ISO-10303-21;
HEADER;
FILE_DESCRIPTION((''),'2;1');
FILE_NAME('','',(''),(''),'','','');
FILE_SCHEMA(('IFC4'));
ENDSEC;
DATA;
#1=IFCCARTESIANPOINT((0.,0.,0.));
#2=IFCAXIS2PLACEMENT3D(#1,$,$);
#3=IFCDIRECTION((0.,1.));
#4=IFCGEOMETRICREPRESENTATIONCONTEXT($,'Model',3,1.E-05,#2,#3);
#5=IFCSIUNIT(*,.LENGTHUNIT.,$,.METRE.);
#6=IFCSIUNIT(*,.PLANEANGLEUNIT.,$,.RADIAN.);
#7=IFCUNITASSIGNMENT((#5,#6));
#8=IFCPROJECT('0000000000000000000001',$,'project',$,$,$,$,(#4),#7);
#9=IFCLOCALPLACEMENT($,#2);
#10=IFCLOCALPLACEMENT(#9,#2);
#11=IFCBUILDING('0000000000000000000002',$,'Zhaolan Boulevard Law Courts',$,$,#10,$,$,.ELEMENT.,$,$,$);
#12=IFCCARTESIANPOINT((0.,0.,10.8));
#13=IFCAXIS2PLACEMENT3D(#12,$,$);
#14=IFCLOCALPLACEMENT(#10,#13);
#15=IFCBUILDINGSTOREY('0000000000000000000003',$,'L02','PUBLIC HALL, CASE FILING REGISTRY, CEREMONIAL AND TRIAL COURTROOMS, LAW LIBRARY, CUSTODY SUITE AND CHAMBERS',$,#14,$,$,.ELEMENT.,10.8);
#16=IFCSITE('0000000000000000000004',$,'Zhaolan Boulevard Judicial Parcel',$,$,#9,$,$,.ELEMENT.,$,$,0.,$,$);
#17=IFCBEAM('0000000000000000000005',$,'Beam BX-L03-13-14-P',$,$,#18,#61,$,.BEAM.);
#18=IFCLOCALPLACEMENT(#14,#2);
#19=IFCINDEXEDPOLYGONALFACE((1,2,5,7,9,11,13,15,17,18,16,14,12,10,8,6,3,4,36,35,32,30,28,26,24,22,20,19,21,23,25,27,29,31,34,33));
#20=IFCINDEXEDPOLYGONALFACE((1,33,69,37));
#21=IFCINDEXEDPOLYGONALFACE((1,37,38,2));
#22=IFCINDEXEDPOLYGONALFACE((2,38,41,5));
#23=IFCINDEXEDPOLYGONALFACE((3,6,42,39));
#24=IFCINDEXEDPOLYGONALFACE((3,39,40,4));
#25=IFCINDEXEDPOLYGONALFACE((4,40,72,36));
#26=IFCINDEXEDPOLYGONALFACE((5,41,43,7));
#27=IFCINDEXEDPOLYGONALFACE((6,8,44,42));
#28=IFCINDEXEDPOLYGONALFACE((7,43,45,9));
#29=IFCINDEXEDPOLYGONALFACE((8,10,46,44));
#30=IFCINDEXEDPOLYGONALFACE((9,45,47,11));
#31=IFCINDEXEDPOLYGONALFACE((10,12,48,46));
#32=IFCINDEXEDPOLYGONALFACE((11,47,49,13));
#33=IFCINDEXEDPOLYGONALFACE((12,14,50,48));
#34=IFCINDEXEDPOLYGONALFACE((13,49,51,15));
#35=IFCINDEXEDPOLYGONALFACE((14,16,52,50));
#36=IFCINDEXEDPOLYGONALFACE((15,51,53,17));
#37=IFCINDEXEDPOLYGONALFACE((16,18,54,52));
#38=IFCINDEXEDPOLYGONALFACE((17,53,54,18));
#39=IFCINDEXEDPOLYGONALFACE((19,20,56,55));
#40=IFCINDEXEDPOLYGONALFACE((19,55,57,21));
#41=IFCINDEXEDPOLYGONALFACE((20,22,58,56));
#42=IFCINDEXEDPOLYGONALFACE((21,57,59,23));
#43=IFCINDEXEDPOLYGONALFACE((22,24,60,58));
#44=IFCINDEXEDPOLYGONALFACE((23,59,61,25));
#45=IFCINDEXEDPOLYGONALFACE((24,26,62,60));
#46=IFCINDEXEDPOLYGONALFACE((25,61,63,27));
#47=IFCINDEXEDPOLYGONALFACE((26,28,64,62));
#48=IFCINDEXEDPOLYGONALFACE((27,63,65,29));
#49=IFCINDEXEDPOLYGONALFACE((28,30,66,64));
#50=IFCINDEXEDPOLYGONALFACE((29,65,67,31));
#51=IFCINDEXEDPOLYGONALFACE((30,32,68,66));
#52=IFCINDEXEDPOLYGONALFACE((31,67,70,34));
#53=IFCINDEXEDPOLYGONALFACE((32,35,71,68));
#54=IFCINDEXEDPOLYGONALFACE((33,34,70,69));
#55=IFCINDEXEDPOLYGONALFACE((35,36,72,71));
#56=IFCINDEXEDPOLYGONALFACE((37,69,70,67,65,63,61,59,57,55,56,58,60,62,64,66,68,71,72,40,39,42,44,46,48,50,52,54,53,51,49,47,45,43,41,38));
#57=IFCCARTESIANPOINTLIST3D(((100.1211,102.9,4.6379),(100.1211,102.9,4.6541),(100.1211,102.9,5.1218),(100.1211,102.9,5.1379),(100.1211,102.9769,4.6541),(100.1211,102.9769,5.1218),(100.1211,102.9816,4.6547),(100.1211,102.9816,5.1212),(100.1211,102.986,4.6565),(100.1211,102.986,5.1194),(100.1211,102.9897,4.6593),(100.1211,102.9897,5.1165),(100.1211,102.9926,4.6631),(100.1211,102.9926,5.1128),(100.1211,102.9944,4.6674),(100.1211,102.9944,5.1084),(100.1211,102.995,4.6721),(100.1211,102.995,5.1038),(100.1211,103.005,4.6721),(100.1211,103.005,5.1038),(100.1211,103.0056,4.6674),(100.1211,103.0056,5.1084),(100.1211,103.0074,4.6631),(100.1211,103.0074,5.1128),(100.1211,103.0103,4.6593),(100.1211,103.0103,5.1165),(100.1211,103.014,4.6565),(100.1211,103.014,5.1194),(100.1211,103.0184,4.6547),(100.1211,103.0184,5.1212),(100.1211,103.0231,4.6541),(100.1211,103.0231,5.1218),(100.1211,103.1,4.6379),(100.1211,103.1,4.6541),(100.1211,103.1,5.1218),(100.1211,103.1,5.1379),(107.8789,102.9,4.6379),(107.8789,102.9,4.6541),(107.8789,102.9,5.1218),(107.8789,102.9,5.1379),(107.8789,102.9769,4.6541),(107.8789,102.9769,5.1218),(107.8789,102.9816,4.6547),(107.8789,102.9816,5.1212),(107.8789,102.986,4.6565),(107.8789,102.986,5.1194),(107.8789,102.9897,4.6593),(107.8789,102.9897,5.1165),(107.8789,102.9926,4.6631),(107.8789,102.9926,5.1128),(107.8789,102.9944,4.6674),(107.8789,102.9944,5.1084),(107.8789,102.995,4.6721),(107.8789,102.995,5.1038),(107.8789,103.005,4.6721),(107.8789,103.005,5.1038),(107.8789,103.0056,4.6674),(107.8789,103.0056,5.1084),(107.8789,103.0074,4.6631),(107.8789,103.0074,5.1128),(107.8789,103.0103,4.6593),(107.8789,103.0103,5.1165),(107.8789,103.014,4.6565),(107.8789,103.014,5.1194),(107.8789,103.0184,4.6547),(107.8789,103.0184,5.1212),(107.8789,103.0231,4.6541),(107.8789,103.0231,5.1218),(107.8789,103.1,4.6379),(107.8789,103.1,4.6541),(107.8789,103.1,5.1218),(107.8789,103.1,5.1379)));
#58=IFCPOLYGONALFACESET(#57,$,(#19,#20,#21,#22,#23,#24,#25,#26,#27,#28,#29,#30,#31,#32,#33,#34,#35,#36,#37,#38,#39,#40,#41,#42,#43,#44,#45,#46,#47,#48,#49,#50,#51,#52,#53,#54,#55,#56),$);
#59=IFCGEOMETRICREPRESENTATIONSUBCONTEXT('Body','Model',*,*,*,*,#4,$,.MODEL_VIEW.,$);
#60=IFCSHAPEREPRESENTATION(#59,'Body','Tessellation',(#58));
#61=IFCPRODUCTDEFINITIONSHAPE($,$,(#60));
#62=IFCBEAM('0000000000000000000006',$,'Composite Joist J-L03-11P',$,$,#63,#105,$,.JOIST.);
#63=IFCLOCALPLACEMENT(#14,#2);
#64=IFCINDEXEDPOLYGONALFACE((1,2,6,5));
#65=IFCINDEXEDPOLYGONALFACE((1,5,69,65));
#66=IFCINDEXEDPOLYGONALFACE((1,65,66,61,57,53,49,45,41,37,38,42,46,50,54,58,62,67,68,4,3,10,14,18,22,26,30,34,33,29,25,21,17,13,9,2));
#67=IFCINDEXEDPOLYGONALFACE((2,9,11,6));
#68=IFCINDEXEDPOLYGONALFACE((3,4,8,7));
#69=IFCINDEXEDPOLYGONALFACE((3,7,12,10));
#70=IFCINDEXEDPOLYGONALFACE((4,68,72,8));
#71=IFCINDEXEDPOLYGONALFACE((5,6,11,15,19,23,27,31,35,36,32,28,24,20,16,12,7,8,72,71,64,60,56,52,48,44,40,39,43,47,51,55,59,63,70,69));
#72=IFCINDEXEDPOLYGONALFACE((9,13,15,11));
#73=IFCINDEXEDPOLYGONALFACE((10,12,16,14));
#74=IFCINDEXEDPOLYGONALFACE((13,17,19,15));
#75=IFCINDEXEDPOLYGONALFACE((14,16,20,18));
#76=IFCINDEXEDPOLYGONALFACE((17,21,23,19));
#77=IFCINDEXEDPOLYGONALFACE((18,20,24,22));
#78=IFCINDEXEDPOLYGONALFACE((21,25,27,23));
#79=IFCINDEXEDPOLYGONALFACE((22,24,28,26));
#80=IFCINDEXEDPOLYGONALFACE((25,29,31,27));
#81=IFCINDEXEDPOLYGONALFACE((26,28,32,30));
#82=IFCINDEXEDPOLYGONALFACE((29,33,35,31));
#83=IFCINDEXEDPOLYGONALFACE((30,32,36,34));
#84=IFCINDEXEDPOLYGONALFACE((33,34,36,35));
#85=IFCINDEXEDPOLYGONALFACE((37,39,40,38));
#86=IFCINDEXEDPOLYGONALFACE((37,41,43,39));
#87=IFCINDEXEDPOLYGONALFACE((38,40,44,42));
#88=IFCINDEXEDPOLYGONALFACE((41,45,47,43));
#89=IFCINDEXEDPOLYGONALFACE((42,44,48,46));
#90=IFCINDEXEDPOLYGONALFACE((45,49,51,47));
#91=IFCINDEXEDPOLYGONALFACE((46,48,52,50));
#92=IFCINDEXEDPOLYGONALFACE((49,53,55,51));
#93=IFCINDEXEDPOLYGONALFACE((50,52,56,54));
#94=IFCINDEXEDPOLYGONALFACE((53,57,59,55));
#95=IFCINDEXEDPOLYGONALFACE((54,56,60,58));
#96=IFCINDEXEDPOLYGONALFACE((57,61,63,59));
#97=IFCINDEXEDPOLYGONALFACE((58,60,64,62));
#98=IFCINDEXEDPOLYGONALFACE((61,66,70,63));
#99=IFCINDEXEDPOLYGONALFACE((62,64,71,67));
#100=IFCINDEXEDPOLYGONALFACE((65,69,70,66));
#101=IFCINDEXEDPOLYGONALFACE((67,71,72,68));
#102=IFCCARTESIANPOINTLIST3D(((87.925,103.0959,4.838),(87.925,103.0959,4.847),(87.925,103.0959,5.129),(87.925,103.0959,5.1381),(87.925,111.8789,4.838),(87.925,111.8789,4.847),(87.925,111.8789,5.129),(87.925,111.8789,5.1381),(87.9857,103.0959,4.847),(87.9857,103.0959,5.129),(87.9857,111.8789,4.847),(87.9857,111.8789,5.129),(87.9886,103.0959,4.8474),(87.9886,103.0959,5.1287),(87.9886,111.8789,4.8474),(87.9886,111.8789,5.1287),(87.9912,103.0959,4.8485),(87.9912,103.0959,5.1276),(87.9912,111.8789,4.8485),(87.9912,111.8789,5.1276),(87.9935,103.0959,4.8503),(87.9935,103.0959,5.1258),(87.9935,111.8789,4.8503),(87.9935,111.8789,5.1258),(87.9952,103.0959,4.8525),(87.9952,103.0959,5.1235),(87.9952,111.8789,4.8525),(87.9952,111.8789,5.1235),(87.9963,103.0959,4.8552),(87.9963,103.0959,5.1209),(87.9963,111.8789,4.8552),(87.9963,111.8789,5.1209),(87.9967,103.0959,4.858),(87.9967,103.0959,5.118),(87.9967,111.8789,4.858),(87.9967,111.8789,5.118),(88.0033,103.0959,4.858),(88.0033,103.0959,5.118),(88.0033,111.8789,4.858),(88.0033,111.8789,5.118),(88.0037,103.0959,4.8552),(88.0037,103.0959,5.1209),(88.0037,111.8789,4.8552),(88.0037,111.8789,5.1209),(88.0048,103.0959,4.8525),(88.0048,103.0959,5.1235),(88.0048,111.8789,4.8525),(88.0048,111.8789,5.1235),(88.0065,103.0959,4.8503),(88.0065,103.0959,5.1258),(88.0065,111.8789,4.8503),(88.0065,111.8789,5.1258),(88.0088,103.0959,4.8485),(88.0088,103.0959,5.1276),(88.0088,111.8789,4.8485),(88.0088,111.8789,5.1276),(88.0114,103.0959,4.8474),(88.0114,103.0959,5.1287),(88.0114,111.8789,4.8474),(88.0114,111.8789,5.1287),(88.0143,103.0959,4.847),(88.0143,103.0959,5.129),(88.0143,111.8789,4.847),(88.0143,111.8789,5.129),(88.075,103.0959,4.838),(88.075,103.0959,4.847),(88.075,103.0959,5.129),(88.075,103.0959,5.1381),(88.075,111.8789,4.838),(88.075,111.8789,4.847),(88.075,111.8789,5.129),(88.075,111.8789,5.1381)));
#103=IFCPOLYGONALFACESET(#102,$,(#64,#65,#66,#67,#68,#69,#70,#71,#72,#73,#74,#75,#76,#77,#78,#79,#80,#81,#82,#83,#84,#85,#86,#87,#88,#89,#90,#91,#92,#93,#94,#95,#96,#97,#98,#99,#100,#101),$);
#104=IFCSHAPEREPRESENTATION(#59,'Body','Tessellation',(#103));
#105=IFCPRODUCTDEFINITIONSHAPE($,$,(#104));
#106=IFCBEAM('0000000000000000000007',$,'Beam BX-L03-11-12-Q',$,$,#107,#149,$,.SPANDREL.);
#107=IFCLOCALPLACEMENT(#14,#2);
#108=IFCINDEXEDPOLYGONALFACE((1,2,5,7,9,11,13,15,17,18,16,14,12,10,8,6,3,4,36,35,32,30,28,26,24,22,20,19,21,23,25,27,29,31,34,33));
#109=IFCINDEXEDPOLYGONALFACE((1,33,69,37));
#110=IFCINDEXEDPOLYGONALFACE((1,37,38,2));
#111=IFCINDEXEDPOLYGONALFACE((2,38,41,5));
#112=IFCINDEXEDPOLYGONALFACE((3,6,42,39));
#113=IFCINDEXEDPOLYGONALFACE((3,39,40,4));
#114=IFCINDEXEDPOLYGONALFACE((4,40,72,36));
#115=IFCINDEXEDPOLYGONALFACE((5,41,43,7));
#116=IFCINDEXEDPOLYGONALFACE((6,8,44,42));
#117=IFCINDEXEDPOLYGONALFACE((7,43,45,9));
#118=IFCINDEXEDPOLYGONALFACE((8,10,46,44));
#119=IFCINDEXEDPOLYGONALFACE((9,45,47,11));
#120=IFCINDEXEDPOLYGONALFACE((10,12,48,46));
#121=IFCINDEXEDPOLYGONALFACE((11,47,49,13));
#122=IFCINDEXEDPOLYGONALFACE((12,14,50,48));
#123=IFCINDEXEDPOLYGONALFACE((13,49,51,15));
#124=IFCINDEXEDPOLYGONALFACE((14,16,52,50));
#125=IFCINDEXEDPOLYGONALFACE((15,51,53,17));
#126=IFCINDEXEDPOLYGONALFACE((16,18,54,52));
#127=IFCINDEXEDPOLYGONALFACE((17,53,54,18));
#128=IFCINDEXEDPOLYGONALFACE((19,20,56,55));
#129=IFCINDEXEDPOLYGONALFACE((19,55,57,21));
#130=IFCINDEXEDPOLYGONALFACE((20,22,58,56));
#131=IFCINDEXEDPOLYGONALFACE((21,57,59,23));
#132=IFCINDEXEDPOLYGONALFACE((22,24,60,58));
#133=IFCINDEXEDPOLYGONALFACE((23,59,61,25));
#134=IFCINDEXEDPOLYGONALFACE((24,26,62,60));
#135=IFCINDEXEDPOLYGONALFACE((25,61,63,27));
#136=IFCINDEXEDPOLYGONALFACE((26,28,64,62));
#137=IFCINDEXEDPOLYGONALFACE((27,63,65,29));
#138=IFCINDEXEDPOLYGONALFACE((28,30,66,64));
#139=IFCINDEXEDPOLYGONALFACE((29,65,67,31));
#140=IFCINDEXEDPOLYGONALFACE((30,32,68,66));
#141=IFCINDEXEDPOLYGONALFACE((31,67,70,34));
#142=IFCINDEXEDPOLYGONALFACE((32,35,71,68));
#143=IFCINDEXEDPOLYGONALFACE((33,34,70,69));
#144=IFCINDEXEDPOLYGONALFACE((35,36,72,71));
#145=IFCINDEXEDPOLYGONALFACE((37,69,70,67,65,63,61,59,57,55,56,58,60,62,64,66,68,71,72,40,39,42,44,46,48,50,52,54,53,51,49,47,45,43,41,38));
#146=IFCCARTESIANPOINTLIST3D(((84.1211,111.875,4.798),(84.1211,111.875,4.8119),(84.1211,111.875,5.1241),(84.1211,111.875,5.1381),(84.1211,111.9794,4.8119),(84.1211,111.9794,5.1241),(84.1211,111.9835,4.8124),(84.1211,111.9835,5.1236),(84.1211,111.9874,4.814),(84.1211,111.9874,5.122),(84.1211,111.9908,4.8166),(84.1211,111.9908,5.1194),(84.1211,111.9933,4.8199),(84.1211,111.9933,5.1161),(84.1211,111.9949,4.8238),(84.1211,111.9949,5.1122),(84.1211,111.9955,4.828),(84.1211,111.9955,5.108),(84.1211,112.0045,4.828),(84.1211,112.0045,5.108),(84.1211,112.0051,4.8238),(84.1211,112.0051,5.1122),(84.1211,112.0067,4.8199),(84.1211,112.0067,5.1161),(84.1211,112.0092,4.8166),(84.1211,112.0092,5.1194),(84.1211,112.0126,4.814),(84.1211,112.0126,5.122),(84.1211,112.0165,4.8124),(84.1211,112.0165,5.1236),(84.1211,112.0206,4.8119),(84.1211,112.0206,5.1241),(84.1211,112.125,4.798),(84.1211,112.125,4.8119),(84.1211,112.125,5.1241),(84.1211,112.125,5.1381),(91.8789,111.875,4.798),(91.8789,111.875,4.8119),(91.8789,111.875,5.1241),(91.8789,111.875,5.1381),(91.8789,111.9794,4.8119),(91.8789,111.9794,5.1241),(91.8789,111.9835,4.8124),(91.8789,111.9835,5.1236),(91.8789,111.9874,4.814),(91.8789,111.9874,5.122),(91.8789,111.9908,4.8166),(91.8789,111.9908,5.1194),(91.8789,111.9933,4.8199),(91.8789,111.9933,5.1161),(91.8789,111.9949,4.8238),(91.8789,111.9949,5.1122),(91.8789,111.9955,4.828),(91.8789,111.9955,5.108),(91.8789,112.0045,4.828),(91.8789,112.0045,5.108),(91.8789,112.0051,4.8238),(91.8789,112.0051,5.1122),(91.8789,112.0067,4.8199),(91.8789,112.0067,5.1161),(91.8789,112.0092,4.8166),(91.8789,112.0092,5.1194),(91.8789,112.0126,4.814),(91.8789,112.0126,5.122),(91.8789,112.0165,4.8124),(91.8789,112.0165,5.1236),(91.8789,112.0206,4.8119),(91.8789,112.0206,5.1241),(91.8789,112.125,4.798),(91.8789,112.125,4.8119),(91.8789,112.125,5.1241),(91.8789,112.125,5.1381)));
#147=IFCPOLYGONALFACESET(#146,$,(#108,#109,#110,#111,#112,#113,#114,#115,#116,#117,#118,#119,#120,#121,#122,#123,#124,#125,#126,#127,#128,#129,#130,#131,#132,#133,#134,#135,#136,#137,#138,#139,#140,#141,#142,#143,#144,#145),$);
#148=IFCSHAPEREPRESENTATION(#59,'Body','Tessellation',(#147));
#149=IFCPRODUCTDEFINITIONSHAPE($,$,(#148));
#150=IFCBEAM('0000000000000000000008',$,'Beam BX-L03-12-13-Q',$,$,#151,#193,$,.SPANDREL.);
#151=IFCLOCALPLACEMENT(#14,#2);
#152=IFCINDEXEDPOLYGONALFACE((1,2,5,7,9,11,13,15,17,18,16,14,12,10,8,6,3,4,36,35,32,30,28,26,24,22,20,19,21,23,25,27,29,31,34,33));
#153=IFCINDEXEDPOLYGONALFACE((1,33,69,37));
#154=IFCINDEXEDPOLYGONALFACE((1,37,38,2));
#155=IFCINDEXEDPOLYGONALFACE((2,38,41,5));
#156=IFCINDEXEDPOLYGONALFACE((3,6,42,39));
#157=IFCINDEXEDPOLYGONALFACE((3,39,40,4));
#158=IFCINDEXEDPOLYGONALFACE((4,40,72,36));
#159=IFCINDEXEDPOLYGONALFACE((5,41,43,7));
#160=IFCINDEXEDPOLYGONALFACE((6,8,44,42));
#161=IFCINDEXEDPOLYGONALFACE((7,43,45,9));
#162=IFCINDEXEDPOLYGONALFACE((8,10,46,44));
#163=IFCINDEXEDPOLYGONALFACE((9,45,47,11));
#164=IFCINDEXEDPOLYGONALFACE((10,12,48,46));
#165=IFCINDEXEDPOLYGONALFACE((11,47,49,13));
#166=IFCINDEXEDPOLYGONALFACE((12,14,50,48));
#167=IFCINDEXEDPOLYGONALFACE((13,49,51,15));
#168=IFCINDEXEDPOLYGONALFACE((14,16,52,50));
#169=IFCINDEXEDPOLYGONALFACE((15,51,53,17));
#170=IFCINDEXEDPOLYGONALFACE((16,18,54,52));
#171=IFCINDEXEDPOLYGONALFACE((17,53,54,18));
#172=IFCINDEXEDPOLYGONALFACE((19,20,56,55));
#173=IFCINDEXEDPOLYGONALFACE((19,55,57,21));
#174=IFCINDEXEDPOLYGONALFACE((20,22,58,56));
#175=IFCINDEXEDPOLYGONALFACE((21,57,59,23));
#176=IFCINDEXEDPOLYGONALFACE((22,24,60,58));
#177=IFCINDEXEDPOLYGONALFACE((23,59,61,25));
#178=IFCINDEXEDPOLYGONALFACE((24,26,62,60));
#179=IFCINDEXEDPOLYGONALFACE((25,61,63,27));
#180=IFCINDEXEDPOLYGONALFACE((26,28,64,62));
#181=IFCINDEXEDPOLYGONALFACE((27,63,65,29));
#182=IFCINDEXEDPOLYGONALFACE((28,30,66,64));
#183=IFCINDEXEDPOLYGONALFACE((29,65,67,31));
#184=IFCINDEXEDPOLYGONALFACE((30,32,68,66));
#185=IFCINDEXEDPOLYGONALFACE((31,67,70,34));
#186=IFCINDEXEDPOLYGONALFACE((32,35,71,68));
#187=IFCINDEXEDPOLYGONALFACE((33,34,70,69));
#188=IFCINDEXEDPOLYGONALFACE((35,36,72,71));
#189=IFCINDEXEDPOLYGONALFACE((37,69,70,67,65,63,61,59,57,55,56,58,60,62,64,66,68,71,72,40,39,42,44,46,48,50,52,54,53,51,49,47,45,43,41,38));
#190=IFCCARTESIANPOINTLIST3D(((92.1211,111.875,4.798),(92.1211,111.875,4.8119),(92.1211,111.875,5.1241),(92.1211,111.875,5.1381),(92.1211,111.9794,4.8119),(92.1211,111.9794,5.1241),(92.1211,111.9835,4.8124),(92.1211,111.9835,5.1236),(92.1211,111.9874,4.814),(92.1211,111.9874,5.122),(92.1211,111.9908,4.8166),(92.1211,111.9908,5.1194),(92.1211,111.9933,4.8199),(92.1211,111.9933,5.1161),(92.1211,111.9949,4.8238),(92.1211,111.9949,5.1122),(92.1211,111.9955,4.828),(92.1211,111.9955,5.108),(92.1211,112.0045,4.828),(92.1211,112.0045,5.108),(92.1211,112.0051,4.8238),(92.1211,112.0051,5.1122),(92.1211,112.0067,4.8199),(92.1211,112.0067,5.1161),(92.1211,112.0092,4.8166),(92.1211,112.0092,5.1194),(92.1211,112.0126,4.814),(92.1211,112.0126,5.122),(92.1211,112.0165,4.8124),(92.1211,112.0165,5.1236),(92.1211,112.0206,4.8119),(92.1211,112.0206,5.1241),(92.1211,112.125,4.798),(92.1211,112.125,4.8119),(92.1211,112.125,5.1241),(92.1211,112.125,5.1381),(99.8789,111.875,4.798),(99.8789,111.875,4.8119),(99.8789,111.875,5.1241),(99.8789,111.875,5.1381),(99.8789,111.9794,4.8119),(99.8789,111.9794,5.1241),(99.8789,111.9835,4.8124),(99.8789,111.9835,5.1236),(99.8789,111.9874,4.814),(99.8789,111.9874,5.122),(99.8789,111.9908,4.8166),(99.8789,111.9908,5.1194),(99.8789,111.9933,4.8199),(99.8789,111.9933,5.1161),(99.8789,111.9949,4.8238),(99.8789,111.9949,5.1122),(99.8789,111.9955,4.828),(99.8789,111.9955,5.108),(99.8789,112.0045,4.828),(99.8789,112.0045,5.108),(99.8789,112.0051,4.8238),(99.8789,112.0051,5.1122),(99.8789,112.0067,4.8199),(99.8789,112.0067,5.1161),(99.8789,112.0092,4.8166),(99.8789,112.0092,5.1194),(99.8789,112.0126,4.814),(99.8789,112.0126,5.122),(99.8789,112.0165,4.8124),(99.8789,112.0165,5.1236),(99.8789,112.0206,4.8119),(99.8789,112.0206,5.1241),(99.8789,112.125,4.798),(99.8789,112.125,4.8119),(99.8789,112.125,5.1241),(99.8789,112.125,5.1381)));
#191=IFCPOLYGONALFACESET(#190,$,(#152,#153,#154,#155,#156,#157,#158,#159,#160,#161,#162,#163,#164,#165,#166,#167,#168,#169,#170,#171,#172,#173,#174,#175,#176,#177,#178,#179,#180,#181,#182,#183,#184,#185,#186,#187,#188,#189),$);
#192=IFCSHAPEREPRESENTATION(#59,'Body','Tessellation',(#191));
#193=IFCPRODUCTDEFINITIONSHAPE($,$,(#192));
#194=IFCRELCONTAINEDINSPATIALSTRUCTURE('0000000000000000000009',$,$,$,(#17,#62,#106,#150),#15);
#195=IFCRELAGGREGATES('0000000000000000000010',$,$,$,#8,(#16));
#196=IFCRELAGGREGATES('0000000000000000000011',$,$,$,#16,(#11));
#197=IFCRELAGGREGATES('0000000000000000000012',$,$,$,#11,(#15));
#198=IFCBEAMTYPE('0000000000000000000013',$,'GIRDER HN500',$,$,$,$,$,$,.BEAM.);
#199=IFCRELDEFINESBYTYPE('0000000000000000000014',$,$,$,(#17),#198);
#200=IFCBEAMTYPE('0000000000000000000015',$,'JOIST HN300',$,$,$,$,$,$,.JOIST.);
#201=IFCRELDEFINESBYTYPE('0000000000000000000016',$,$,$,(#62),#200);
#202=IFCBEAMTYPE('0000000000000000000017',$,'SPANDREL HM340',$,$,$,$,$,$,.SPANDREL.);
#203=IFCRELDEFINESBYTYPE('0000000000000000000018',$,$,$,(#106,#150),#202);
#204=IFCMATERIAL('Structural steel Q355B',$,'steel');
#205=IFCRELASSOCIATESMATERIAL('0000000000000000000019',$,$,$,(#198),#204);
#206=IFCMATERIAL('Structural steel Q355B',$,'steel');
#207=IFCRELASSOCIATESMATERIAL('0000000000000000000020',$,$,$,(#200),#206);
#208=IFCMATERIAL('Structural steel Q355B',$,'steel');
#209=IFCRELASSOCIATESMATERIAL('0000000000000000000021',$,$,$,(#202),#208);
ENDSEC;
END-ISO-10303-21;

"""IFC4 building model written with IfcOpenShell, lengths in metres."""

from ifc_helpers import new_model, si_unit, direction, frame, origin, origin_2d, place, context, subcontext, project, spatial, i_section, extrude, material, material_profile, profile_set, type_object, element, save


model = new_model("IFC4")

# Units and contexts
model_context = context("Model", 3, precision=1e-05, world=origin(), true_north=direction((0.0, 1.0)))
body_context = subcontext(model_context, "Body", "Model", "MODEL_VIEW")
ifc_project = project(units=[si_unit("LENGTHUNIT", "METRE"), si_unit("PLANEANGLEUNIT", "RADIAN")], contexts=[model_context])

# Site, building, storey
site_placement = place(None, origin())
site = spatial("IfcSite", under=ifc_project, at=site_placement, Name="Zhaolan Boulevard Judicial Parcel", CompositionType="ELEMENT", RefElevation=0.0)
building_placement = place(site_placement, origin())
building = spatial("IfcBuilding", under=site, at=building_placement, Name="Zhaolan Boulevard Law Courts", CompositionType="ELEMENT")
storey_placement = place(building_placement, frame((0.0, 0.0, 10.8)))
storey = spatial("IfcBuildingStorey", under=building, at=storey_placement, Name="L02", Description="PUBLIC HALL, CASE FILING REGISTRY, CEREMONIAL AND TRIAL COURTROOMS, LAW LIBRARY, CUSTODY SUITE AND CHAMBERS", CompositionType="ELEMENT", Elevation=10.8)

# Beams
ifc_material_1 = material(Name="Structural steel Q355B", Category="steel")
ifc_material_profile_1 = material_profile(ifc_material_1, i_section(OverallWidth=0.2, OverallDepth=0.5, WebThickness=0.01, FlangeThickness=0.0161, FilletRadius=0.0181, at=origin_2d()), Name="HN500x200")
ifc_profile_set_1 = profile_set([ifc_material_profile_1], Name="Structural steel Q355B")
beam_type_1 = type_object("IfcBeamType", Name="GIRDER HN500", PredefinedType="BEAM", material=ifc_profile_set_1)
beam_1_placement = place(storey_placement, frame((100.1211, 103.0, 4.8879), z_axis=(1.0, 0.0, 0.0), x_axis=(0.0, 1.0, 0.0)))
element("IfcBeam", 1, at=beam_1_placement, inside=storey, type_object=beam_type_1, Name="Beam BX-L03-13-14-P", PredefinedType="BEAM", context=body_context, shape_type="SweptSolid", body=[
    extrude(i_section(OverallWidth=0.2, OverallDepth=0.5, WebThickness=0.01, FlangeThickness=0.0161, FilletRadius=0.0181, at=origin_2d()), origin(), (0.0, 0.0, 1.0), 7.7578),
])
ifc_material_2 = material(Name="Structural steel Q355B", Category="steel")
ifc_material_profile_2 = material_profile(ifc_material_2, i_section(OverallWidth=0.1499, OverallDepth=0.3, WebThickness=0.0066, FlangeThickness=0.009, FilletRadius=0.011, at=origin_2d()), Name="HN300x150")
ifc_profile_set_2 = profile_set([ifc_material_profile_2], Name="Structural steel Q355B")
beam_type_2 = type_object("IfcBeamType", Name="JOIST HN300", PredefinedType="JOIST", material=ifc_profile_set_2)
beam_2_placement = place(storey_placement, frame((88.0, 103.0959, 4.988), z_axis=(0.0, 1.0, 0.0), x_axis=(-1.0, 0.0, 0.0)))
element("IfcBeam", 2, at=beam_2_placement, inside=storey, type_object=beam_type_2, Name="Composite Joist J-L03-11P", PredefinedType="JOIST", context=body_context, shape_type="SweptSolid", body=[
    extrude(i_section(OverallWidth=0.1499, OverallDepth=0.3, WebThickness=0.0066, FlangeThickness=0.009, FilletRadius=0.011, at=origin_2d()), origin(), (0.0, 0.0, 1.0), 8.783),
])
ifc_material_3 = material(Name="Structural steel Q355B", Category="steel")
ifc_material_profile_3 = material_profile(ifc_material_3, i_section(OverallWidth=0.25, OverallDepth=0.3401, WebThickness=0.009, FlangeThickness=0.0139, FilletRadius=0.0161, at=origin_2d()), Name="HM340x250")
ifc_profile_set_3 = profile_set([ifc_material_profile_3], Name="Structural steel Q355B")
beam_type_3 = type_object("IfcBeamType", Name="SPANDREL HM340", PredefinedType="SPANDREL", material=ifc_profile_set_3)
for number, where, z_axis, x_axis, name in (
    (3, (84.1211, 112.0, 4.968), (1.0, 0.0, 0.0), (0.0, 1.0, 0.0), "Beam BX-L03-11-12-Q"),
    (4, (92.1211, 112.0, 4.968), (1.0, 0.0, 0.0), (0.0, 1.0, 0.0), "Beam BX-L03-12-13-Q"),
):
    element("IfcBeam", number, at=place(storey_placement, frame(where, z_axis=z_axis, x_axis=x_axis)), inside=storey, type_object=beam_type_3, Name=name, PredefinedType="SPANDREL", context=body_context, shape_type="SweptSolid", body=[
        extrude(i_section(OverallWidth=0.25, OverallDepth=0.3401, WebThickness=0.009, FlangeThickness=0.0139, FilletRadius=0.0161, at=origin_2d()), origin(), (0.0, 0.0, 1.0), 7.7578),
    ])

save(model, "model.ifc")
